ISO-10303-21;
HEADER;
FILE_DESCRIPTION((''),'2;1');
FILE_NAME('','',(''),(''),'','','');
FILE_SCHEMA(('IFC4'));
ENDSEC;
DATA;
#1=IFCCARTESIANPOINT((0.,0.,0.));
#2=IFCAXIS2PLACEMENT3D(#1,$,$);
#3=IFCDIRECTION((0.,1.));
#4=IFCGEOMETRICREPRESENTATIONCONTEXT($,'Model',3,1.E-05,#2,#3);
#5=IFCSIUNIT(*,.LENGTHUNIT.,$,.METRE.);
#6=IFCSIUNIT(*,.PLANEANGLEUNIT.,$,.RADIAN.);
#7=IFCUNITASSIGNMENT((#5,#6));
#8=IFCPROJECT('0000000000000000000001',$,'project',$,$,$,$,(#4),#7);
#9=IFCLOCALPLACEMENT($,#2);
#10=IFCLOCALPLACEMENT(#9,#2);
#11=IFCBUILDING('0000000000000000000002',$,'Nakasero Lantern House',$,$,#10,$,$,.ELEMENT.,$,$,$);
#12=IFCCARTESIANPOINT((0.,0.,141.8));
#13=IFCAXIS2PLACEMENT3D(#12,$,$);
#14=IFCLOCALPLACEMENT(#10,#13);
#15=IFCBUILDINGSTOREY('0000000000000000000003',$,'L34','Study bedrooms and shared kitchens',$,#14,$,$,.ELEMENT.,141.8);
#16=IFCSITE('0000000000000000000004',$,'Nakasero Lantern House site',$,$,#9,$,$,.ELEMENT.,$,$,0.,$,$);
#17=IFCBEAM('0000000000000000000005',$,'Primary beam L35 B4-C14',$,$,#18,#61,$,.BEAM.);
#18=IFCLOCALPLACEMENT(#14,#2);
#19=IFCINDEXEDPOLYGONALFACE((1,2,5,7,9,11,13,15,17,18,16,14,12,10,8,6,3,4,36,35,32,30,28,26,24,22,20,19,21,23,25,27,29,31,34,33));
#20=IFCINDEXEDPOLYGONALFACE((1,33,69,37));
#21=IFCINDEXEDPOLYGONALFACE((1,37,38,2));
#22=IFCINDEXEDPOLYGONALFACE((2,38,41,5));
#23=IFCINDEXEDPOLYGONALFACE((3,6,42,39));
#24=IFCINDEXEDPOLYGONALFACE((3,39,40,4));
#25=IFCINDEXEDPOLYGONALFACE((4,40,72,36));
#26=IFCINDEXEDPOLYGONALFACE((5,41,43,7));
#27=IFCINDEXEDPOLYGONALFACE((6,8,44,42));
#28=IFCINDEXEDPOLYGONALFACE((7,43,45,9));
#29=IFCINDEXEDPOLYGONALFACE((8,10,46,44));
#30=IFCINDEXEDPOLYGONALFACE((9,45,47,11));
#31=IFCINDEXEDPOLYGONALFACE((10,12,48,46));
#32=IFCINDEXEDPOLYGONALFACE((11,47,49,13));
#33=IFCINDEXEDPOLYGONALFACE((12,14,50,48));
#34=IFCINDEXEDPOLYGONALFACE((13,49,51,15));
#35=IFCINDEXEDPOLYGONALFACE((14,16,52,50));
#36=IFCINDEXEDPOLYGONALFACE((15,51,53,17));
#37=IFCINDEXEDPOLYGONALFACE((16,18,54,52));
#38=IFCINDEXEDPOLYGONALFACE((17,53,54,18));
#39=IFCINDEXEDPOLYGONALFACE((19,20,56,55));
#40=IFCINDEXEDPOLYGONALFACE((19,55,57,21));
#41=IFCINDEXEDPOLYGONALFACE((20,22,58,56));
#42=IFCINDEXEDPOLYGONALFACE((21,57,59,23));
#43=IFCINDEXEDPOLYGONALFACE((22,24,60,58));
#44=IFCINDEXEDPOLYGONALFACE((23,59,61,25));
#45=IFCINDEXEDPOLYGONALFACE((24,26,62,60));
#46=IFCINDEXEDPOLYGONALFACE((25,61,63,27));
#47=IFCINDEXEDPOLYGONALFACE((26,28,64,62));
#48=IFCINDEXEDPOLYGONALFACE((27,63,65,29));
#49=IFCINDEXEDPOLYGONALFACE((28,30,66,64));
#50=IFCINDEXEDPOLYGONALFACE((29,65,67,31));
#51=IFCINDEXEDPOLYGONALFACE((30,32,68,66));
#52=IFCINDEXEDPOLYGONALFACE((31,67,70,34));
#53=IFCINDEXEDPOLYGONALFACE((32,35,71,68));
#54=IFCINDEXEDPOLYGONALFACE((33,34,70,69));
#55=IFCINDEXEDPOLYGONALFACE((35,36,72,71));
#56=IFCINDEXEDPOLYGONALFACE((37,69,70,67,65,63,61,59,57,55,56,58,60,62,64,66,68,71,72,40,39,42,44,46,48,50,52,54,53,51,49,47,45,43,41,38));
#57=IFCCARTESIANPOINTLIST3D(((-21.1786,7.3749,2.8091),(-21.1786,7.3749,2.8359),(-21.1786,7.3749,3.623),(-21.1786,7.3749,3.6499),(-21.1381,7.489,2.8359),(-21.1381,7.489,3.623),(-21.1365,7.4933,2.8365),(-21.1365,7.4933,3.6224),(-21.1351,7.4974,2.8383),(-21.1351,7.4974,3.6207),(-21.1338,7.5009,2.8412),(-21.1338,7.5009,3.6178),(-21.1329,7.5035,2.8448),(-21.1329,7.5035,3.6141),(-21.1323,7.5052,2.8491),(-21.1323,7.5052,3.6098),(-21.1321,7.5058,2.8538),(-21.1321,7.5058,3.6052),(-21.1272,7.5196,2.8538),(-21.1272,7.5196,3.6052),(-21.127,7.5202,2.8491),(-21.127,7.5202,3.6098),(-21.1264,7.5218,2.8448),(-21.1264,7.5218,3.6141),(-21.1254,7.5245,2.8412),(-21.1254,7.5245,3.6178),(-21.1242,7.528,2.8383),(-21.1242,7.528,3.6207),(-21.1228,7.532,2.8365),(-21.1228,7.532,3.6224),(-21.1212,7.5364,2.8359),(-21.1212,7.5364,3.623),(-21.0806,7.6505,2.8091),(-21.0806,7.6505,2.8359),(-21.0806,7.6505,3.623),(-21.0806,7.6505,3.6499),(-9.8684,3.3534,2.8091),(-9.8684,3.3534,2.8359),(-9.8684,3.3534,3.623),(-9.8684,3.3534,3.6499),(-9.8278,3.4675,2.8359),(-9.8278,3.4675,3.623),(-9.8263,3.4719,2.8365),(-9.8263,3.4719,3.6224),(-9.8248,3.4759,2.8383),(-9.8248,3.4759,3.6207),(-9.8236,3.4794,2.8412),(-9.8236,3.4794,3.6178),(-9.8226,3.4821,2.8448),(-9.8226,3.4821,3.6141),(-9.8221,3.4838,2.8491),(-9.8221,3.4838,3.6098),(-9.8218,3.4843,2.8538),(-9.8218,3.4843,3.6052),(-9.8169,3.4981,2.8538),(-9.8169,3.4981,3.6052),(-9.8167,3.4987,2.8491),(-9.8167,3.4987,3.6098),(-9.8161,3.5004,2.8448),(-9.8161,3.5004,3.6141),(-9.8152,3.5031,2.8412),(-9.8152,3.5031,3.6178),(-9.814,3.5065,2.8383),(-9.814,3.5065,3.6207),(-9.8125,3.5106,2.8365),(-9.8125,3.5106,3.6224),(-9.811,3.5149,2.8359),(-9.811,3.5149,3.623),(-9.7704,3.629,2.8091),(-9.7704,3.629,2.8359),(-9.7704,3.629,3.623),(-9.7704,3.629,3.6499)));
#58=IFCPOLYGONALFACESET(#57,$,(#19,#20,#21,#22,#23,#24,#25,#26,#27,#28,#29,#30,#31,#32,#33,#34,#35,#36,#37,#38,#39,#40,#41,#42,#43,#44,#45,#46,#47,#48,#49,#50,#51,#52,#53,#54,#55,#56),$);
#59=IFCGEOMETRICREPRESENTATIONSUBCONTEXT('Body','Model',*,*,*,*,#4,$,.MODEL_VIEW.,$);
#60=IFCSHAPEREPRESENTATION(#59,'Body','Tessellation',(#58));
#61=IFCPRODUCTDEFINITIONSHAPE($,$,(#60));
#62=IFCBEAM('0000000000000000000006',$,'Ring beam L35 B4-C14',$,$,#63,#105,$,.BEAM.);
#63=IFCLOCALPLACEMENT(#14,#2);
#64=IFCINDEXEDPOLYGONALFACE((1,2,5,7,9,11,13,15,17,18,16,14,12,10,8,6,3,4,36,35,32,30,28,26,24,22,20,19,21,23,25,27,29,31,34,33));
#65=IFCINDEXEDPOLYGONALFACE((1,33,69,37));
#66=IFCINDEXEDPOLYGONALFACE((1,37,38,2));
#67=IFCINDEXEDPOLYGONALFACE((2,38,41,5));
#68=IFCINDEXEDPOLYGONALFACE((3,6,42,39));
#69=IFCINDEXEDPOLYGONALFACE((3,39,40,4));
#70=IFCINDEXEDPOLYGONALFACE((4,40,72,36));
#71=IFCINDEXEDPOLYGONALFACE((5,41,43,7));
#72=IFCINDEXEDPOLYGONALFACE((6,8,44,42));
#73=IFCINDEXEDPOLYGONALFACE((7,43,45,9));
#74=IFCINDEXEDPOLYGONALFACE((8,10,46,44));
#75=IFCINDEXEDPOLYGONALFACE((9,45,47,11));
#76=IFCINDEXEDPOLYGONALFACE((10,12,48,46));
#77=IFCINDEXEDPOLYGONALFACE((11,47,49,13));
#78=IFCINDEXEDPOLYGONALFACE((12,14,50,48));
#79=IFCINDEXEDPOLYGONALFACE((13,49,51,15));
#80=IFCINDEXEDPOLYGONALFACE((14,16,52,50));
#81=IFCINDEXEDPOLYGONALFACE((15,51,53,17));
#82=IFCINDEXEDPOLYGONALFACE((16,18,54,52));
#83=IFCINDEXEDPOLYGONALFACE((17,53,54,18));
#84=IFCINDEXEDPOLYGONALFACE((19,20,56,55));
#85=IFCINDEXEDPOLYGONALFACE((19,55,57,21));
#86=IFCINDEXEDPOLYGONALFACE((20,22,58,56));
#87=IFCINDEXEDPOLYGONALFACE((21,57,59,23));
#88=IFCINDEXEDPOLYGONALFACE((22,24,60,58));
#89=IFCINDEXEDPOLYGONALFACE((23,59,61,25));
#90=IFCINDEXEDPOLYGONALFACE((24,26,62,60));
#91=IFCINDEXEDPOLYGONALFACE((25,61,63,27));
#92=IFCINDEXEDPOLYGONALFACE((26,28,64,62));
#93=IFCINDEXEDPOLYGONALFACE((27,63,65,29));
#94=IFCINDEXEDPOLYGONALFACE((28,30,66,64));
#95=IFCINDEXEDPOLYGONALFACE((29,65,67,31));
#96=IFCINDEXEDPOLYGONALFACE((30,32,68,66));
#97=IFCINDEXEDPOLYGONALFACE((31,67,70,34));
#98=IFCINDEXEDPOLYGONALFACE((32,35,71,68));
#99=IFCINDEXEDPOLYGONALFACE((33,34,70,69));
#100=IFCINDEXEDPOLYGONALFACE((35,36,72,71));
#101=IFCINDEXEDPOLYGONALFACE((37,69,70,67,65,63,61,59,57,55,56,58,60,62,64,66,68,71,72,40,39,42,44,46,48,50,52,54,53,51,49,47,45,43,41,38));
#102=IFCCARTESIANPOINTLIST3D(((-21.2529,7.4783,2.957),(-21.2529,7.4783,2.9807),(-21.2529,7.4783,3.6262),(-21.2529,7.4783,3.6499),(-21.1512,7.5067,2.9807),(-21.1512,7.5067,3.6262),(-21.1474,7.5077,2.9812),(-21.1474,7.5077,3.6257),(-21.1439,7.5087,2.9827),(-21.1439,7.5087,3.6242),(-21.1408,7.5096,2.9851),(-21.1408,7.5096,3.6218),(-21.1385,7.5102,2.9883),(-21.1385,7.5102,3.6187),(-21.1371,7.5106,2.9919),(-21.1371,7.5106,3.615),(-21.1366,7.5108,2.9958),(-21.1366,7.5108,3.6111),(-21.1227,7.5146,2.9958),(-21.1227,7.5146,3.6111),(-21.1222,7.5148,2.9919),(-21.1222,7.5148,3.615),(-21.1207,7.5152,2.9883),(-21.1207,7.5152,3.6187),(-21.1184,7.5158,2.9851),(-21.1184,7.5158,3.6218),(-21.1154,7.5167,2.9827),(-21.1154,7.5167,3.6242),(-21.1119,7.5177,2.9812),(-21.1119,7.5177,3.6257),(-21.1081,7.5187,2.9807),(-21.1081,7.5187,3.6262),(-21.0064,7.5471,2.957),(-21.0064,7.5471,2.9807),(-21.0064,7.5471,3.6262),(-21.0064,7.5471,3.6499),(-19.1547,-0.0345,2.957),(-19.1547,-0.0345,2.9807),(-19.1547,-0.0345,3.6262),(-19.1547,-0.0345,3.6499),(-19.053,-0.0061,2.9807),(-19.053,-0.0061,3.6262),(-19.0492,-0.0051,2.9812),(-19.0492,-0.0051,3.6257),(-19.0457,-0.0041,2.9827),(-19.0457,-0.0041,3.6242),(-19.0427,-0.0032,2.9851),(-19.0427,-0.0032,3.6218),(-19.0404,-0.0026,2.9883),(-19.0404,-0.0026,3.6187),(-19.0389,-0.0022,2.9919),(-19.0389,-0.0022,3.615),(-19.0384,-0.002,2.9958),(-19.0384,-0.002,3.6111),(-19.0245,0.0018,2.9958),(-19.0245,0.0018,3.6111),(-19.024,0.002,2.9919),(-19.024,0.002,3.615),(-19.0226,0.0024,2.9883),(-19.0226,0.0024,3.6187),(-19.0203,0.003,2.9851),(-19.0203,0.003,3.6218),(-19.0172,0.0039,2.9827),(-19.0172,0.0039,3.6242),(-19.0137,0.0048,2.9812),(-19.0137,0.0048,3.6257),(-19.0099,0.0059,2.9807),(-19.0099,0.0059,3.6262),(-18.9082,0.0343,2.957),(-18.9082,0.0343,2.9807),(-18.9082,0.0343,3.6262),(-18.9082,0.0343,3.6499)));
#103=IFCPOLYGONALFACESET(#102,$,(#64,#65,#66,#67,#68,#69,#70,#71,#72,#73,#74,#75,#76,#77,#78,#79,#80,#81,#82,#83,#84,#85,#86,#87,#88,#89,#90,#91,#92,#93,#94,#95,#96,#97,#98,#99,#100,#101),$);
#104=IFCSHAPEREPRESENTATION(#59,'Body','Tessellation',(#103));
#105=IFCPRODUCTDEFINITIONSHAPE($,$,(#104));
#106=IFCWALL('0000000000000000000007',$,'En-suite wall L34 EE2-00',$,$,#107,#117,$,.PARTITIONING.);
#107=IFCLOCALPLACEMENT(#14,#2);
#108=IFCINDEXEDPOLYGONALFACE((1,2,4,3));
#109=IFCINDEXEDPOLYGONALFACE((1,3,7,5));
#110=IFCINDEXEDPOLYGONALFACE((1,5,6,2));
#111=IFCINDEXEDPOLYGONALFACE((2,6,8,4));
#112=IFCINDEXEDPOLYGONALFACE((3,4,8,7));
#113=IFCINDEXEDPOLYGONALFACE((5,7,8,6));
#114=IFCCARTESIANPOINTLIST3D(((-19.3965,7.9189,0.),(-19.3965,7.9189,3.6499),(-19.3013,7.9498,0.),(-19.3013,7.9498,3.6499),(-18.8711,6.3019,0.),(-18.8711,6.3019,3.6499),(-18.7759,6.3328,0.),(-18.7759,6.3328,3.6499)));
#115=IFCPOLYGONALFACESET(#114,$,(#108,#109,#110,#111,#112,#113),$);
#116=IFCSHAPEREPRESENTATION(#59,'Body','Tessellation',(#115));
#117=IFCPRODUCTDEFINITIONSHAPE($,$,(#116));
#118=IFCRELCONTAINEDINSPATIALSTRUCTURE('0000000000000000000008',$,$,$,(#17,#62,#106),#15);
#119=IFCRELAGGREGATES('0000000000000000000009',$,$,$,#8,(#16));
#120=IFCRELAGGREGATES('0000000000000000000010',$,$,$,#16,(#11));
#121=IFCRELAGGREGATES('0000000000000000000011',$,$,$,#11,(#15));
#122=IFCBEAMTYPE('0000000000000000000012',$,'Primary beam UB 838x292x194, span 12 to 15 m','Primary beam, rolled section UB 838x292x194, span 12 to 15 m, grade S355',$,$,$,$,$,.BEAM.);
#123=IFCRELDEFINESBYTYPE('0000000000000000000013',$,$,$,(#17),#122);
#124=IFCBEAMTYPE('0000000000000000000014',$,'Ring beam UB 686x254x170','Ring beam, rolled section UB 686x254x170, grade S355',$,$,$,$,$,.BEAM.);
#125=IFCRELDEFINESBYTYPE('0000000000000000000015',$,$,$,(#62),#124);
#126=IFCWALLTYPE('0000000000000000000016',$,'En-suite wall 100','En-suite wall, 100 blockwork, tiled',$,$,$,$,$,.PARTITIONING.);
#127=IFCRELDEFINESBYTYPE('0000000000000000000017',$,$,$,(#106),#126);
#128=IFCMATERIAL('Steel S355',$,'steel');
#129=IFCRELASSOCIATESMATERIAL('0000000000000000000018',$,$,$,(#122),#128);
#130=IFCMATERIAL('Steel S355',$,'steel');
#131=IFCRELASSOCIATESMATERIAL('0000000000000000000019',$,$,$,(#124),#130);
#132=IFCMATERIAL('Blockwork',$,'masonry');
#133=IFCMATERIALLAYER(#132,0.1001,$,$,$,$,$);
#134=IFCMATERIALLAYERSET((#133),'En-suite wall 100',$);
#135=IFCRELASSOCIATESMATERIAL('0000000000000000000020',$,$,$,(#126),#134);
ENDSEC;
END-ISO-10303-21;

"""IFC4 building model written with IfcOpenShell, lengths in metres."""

from ifc_helpers import new_model, si_unit, direction, frame, frame_2d, origin, origin_2d, place, context, subcontext, project, spatial, rectangle, i_section, extrude, material, layer, layer_set, material_profile, profile_set, type_object, element, save


model = new_model("IFC4")

# Units and contexts
model_context = context("Model", 3, precision=1e-05, world=origin(), true_north=direction((0.0, 1.0)))
body_context = subcontext(model_context, "Body", "Model", "MODEL_VIEW")
ifc_project = project(units=[si_unit("LENGTHUNIT", "METRE"), si_unit("PLANEANGLEUNIT", "RADIAN")], contexts=[model_context])

# Site, building, storey
site_placement = place(None, origin())
site = spatial("IfcSite", under=ifc_project, at=site_placement, Name="Nakasero Lantern House site", CompositionType="ELEMENT", RefElevation=0.0)
building_placement = place(site_placement, origin())
building = spatial("IfcBuilding", under=site, at=building_placement, Name="Nakasero Lantern House", CompositionType="ELEMENT")
storey_placement = place(building_placement, frame((0.0, 0.0, 141.8)))
storey = spatial("IfcBuildingStorey", under=building, at=storey_placement, Name="L34", Description="Study bedrooms and shared kitchens", CompositionType="ELEMENT", Elevation=141.8)

# Beams
ifc_material_1 = material(Name="Steel S355", Category="steel")
ifc_material_profile_1 = material_profile(ifc_material_1, i_section(OverallWidth=0.2925, OverallDepth=0.8408, WebThickness=0.0146, FlangeThickness=0.0269, FilletRadius=0.0178, at=origin_2d()), Name="UB 838x292x194")
ifc_profile_set_1 = profile_set([ifc_material_profile_1], Name="Steel S355")
beam_type_1 = type_object("IfcBeamType", Name="Primary beam UB 838x292x194, span 12 to 15 m", Description="Primary beam, rolled section UB 838x292x194, span 12 to 15 m, grade S355", PredefinedType="BEAM", material=ifc_profile_set_1)
beam_1_placement = place(storey_placement, frame((-21.1296, 7.5127, 3.2295), z_axis=(0.942214, -0.335013, 0.0), x_axis=(0.335013, 0.942214, 0.0)))
element("IfcBeam", 1, at=beam_1_placement, inside=storey, type_object=beam_type_1, Name="Primary beam L35 B4-C14", PredefinedType="BEAM", context=body_context, shape_type="SweptSolid", body=[
    extrude(i_section(OverallWidth=0.2925, OverallDepth=0.8408, WebThickness=0.0146, FlangeThickness=0.0269, FilletRadius=0.0178, at=origin_2d()), origin(), (0.0, 0.0, 1.0), 12.0039),
])
ifc_material_2 = material(Name="Steel S355", Category="steel")
ifc_material_profile_2 = material_profile(ifc_material_2, i_section(OverallWidth=0.2559, OverallDepth=0.6929, WebThickness=0.0144, FlangeThickness=0.0237, FilletRadius=0.0151, at=origin_2d()), Name="UB 686x254x170")
ifc_profile_set_2 = profile_set([ifc_material_profile_2], Name="Steel S355")
beam_type_2 = type_object("IfcBeamType", Name="Ring beam UB 686x254x170", Description="Ring beam, rolled section UB 686x254x170, grade S355", PredefinedType="BEAM", material=ifc_profile_set_2)
beam_2_placement = place(storey_placement, frame((-21.1296, 7.5127, 3.3035), z_axis=(0.268987, -0.963144, 0.0), x_axis=(0.963144, 0.268987, 0.0)))
element("IfcBeam", 2, at=beam_2_placement, inside=storey, type_object=beam_type_2, Name="Ring beam L35 B4-C14", PredefinedType="BEAM", context=body_context, shape_type="SweptSolid", body=[
    extrude(i_section(OverallWidth=0.2559, OverallDepth=0.6929, WebThickness=0.0144, FlangeThickness=0.0237, FilletRadius=0.0151, at=origin_2d()), origin(), (0.0, 0.0, 1.0), 7.8003),
])

# Wall
ifc_material_3 = material(Name="Blockwork", Category="masonry")
ifc_layer_1 = layer(ifc_material_3, 0.1001)
ifc_layer_set_1 = layer_set([ifc_layer_1], Name="En-suite wall 100")
wall_type_1 = type_object("IfcWallType", Name="En-suite wall 100", Description="En-suite wall, 100 blockwork, tiled", PredefinedType="PARTITIONING", material=ifc_layer_set_1)
wall_1_placement = place(storey_placement, frame((-19.3489, 7.9343, 0.0), z_axis=(0.0, 0.0, 1.0), x_axis=(0.309024, -0.951054, 0.0)))
element("IfcWall", 3, at=wall_1_placement, inside=storey, type_object=wall_type_1, Name="En-suite wall L34 EE2-00", PredefinedType="PARTITIONING", context=body_context, shape_type="SweptSolid", body=[
    extrude(rectangle(XDim=1.7002, YDim=0.1001, at=frame_2d((0.8501, 0.0))), origin(), (0.0, 0.0, 1.0), 3.6499),
])

save(model, "model.ifc")
